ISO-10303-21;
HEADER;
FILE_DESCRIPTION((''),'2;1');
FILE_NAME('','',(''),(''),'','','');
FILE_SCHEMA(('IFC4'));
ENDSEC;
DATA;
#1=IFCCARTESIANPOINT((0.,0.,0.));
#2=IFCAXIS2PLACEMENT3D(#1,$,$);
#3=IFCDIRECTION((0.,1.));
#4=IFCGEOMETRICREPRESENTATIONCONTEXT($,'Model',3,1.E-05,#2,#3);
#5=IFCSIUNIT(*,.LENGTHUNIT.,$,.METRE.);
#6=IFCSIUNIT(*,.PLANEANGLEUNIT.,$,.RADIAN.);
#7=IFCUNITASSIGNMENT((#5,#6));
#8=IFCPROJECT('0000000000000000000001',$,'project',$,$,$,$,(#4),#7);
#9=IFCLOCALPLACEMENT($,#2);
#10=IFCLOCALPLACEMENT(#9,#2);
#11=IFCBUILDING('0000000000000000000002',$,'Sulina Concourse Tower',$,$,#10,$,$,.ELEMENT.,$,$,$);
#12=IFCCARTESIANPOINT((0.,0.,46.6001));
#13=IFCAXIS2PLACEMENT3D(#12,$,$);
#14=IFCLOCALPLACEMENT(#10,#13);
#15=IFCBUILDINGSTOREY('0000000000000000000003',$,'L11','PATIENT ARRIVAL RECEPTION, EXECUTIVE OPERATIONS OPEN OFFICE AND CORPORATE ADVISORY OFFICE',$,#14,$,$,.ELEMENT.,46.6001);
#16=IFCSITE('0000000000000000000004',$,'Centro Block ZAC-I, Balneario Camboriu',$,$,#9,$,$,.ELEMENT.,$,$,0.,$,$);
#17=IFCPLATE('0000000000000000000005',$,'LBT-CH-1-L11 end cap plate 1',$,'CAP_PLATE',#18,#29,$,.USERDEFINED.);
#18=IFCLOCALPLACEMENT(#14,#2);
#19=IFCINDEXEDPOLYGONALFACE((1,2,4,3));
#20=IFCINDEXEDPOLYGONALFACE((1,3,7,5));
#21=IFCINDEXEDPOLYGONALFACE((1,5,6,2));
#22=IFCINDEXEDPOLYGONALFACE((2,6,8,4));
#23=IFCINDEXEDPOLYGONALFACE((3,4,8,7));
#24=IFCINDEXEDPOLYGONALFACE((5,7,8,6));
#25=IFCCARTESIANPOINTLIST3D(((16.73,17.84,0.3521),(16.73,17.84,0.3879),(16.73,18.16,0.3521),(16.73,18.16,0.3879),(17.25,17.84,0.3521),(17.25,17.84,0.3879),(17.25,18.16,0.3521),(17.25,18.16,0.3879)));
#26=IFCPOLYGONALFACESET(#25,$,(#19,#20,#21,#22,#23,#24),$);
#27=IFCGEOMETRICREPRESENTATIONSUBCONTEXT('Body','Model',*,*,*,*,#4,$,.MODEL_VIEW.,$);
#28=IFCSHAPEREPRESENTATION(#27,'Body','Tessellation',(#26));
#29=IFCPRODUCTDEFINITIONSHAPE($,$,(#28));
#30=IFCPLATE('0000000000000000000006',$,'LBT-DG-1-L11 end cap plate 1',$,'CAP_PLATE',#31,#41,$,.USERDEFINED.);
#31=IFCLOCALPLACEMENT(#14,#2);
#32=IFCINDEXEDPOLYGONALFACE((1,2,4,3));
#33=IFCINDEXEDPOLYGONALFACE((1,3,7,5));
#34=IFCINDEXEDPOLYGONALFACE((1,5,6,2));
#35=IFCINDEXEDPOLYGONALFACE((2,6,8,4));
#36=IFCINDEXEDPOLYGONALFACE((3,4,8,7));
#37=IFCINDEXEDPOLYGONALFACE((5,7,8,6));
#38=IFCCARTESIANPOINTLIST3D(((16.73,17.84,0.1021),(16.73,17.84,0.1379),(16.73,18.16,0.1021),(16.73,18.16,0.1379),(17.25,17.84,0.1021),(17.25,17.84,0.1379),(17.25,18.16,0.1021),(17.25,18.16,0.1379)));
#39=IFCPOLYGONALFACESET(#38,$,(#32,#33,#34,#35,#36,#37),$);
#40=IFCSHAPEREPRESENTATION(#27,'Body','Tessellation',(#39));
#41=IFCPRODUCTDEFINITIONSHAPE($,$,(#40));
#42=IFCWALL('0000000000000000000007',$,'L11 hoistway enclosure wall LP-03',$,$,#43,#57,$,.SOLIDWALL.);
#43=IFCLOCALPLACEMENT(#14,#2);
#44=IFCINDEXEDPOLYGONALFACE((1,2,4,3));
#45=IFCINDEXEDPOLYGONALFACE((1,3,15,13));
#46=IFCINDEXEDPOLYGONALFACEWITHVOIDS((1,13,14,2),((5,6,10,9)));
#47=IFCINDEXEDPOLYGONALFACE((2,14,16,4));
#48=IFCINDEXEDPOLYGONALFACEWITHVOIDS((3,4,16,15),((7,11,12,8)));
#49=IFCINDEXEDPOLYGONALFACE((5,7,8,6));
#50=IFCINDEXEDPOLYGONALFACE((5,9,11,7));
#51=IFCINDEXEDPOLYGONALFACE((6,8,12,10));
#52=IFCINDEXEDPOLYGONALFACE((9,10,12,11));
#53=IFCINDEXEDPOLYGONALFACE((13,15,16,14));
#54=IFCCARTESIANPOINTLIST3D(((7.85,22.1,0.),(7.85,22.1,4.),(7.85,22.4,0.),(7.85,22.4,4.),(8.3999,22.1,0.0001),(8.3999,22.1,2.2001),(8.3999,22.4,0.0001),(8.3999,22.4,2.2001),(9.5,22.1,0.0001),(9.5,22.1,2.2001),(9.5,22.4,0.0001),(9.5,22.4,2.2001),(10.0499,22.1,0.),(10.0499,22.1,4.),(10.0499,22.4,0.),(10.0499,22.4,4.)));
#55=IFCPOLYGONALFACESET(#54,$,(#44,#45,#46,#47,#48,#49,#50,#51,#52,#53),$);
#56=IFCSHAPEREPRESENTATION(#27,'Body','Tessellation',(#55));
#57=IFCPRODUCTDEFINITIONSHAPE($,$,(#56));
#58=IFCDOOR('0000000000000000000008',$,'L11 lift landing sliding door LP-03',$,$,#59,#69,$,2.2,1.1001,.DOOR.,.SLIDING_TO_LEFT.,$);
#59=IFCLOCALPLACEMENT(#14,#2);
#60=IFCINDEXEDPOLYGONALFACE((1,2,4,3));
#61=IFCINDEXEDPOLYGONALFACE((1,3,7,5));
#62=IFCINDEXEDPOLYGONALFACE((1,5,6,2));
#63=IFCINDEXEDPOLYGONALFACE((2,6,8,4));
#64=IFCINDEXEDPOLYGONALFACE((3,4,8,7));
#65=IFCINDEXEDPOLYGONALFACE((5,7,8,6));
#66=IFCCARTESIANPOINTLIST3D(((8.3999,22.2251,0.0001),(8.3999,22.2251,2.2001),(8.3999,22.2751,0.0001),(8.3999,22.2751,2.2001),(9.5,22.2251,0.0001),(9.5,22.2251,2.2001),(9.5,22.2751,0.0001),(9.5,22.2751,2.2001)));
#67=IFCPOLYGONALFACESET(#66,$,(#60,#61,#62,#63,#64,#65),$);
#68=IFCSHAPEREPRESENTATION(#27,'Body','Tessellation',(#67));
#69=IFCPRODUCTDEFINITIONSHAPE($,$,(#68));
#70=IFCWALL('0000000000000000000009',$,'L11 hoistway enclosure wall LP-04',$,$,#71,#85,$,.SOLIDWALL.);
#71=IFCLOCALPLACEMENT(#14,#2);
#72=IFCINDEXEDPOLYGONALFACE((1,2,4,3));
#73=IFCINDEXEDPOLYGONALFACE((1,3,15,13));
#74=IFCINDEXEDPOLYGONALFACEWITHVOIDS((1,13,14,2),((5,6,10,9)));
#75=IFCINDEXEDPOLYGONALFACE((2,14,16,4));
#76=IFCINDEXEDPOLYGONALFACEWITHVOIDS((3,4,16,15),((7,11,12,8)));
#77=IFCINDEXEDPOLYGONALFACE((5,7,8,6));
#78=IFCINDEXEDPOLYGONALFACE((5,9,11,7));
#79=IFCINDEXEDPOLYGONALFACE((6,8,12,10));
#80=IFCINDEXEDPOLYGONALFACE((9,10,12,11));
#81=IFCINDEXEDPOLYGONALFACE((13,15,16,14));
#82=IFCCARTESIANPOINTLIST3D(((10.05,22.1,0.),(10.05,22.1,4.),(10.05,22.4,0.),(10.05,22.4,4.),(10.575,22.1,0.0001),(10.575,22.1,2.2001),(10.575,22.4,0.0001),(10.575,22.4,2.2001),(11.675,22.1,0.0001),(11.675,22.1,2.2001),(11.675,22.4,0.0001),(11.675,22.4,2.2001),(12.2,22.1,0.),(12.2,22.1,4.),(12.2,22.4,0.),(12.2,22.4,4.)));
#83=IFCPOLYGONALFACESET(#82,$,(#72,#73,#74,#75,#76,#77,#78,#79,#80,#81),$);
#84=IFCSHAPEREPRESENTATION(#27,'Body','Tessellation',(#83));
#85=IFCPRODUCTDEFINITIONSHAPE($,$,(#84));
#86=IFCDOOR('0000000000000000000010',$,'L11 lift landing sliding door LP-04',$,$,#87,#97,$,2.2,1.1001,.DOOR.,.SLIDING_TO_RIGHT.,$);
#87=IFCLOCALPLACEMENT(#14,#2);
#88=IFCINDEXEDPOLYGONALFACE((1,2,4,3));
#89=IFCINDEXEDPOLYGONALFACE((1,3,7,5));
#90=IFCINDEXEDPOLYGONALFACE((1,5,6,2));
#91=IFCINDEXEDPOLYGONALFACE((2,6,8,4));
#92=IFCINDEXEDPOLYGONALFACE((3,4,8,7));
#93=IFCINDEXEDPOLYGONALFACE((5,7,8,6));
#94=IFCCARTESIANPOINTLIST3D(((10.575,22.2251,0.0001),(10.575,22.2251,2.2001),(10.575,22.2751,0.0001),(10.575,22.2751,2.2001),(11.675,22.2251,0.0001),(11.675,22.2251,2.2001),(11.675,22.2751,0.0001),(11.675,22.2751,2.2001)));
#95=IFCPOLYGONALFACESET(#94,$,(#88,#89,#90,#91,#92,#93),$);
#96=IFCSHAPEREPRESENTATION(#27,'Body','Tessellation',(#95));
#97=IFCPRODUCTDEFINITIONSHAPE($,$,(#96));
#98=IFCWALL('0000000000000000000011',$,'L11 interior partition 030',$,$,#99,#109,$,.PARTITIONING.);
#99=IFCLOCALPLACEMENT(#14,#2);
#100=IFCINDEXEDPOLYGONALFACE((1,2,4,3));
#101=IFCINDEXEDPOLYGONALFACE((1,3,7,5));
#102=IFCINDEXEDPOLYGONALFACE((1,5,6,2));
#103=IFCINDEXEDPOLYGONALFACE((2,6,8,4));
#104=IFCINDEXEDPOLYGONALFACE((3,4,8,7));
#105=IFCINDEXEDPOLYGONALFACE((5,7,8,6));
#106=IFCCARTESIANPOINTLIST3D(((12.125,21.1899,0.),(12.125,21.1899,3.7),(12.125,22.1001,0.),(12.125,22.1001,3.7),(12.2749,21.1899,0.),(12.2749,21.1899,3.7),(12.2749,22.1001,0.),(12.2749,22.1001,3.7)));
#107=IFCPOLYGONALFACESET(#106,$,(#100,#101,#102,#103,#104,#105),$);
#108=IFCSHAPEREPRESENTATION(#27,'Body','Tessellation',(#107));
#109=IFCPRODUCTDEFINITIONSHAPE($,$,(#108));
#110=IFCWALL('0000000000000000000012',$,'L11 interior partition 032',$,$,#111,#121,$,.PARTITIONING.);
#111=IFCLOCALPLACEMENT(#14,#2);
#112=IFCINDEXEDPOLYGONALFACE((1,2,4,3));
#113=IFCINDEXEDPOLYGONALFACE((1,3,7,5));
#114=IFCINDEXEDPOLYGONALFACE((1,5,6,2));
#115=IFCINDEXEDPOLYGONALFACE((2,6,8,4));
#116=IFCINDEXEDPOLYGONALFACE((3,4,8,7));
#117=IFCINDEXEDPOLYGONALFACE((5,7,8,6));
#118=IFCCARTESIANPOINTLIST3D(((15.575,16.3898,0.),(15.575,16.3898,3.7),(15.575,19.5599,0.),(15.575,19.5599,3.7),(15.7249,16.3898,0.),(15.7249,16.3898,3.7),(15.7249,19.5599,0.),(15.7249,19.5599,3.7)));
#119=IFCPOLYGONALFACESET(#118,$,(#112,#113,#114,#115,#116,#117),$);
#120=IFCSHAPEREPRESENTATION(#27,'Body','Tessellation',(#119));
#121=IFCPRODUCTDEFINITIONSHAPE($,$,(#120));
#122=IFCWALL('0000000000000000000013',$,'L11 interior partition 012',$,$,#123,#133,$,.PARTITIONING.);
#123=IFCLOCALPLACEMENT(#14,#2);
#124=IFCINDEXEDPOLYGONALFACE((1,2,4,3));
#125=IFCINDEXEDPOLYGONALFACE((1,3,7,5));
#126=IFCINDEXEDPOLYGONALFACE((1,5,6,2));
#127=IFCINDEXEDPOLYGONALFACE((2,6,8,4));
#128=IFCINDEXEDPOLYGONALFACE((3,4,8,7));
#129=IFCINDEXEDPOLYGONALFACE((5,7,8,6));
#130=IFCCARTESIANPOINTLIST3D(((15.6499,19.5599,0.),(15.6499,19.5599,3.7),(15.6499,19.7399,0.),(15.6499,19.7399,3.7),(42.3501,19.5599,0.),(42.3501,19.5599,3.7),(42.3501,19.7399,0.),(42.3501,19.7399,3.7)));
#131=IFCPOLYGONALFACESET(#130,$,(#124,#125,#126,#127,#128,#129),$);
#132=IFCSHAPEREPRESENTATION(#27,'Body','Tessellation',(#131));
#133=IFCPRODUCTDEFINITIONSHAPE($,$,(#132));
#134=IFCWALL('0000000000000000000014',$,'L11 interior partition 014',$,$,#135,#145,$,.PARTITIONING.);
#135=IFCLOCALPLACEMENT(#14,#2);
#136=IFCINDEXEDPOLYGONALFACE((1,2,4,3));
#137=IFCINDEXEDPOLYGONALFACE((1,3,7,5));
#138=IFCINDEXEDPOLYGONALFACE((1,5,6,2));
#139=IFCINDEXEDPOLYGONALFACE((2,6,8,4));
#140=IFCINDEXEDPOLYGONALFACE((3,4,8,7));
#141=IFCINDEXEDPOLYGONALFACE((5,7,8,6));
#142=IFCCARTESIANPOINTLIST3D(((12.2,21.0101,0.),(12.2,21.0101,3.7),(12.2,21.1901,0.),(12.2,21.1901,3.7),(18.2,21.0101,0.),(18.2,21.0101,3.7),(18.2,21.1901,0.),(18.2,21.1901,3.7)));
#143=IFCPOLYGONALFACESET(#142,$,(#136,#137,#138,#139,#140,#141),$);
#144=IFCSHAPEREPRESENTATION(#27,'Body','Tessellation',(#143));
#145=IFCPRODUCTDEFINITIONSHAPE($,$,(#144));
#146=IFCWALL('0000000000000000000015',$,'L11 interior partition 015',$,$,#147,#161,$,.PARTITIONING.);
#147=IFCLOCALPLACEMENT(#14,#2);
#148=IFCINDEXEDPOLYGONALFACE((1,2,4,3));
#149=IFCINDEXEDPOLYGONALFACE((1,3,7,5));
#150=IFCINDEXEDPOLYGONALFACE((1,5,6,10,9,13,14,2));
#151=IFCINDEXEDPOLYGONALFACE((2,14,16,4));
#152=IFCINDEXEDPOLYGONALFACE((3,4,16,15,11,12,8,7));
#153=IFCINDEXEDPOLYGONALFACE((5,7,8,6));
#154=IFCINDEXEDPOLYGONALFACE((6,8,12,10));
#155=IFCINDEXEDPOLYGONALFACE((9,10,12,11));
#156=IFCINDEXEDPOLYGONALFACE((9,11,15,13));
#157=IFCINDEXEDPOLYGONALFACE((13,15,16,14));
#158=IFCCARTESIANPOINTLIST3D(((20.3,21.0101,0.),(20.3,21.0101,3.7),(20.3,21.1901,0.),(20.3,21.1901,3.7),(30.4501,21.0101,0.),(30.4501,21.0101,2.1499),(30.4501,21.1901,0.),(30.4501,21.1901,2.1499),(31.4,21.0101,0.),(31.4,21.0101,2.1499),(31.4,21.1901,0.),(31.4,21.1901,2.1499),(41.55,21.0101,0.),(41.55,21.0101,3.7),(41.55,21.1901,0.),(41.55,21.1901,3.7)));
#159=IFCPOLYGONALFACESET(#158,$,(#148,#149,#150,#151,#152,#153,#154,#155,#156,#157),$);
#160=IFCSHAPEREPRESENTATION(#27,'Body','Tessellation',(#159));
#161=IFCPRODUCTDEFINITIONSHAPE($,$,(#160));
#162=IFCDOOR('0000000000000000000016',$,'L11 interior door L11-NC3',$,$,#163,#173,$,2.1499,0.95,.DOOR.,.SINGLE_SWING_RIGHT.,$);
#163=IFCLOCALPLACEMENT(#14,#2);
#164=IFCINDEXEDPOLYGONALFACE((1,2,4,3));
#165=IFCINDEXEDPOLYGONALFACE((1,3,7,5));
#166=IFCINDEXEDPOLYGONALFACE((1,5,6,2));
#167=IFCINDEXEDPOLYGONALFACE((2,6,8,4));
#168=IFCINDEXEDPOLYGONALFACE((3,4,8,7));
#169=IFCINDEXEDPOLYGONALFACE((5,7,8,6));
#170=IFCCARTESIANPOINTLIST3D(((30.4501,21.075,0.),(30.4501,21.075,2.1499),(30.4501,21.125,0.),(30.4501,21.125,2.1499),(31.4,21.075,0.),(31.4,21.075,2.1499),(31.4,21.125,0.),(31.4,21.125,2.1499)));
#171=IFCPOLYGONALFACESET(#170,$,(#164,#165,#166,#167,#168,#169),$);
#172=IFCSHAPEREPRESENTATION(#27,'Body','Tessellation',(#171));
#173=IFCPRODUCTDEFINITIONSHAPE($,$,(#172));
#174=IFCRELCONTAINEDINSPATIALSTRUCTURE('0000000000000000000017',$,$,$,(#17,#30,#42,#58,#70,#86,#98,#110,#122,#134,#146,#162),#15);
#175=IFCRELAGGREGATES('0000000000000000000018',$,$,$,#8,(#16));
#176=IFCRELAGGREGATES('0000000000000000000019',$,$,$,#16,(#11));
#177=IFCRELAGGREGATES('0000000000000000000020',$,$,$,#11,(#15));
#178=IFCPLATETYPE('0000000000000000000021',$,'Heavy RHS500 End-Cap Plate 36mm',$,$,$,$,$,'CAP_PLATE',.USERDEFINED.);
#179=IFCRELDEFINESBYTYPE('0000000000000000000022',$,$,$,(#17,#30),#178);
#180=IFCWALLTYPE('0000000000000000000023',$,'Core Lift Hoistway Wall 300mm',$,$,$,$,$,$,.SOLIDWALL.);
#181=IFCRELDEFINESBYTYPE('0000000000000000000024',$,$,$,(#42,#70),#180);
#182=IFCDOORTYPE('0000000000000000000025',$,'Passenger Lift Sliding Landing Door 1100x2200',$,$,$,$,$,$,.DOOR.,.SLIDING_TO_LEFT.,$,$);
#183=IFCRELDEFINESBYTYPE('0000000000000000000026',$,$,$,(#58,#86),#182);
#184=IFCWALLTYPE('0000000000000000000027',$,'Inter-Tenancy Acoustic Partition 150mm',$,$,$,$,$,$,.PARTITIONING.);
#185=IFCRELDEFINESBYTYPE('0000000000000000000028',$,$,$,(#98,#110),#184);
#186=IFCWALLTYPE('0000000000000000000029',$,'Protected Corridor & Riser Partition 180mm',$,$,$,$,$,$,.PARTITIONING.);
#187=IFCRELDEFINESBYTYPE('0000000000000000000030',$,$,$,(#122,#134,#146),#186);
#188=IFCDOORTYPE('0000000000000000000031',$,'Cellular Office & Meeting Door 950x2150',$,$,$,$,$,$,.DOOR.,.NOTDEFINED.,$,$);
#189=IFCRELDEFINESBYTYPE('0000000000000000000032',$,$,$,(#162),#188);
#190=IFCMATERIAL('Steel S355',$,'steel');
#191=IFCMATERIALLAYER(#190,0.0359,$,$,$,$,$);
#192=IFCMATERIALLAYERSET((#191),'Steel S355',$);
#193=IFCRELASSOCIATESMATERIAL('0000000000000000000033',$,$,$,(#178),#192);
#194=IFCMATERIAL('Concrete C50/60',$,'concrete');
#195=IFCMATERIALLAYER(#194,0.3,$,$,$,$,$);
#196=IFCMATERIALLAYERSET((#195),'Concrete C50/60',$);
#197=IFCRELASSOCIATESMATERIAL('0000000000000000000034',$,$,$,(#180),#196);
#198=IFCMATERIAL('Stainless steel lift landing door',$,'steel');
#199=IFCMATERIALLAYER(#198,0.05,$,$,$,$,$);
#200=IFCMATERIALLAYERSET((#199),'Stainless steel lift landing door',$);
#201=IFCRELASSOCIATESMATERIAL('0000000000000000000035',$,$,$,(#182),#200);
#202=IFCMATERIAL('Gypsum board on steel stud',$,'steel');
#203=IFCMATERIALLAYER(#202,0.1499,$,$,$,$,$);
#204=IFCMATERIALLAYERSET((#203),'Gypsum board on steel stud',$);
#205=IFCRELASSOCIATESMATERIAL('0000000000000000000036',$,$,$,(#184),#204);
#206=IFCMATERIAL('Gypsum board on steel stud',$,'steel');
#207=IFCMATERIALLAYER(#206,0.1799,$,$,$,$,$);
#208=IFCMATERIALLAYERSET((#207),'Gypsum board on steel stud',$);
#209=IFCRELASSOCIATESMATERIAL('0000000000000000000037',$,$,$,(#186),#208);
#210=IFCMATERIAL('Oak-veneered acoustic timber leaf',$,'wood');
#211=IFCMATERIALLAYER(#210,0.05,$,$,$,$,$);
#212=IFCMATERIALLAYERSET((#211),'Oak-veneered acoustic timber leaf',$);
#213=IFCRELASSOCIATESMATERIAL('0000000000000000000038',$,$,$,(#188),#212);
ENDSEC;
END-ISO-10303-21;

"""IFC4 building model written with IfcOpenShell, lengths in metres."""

from ifc_helpers import new_model, si_unit, direction, frame, frame_2d, origin, origin_2d, place, context, subcontext, project, spatial, rectangle, extrude, material, layer, layer_set, type_object, element, fill, save


model = new_model("IFC4")

# Units and contexts
model_context = context("Model", 3, precision=1e-05, world=origin(), true_north=direction((0.0, 1.0)))
body_context = subcontext(model_context, "Body", "Model", "MODEL_VIEW")
ifc_project = project(units=[si_unit("LENGTHUNIT", "METRE"), si_unit("PLANEANGLEUNIT", "RADIAN")], contexts=[model_context])

# Site, building, storey
site_placement = place(None, origin())
site = spatial("IfcSite", under=ifc_project, at=site_placement, Name="Centro Block ZAC-I, Balneario Camboriu", CompositionType="ELEMENT", RefElevation=0.0)
building_placement = place(site_placement, origin())
building = spatial("IfcBuilding", under=site, at=building_placement, Name="Sulina Concourse Tower", CompositionType="ELEMENT")
storey_placement = place(building_placement, frame((0.0, 0.0, 46.6001)))
storey = spatial("IfcBuildingStorey", under=building, at=storey_placement, Name="L11", Description="PATIENT ARRIVAL RECEPTION, EXECUTIVE OPERATIONS OPEN OFFICE AND CORPORATE ADVISORY OFFICE", CompositionType="ELEMENT", Elevation=46.6001)

# Plates
ifc_material_1 = material(Name="Steel S355", Category="steel")
ifc_layer_1 = layer(ifc_material_1, 0.0359)
ifc_layer_set_1 = layer_set([ifc_layer_1], Name="Steel S355")
plate_type_1 = type_object("IfcPlateType", Name="Heavy RHS500 End-Cap Plate 36mm", ElementType="CAP_PLATE", PredefinedType="USERDEFINED", material=ifc_layer_set_1)
for number, where, z_axis, x_axis, name in (
    (1, (16.99, 18.0, 0.3521), (0.0, 0.0, 1.0), (1.0, 0.0, 0.0), "LBT-CH-1-L11 end cap plate 1"),
    (2, (16.99, 18.0, 0.1021), (0.0, 0.0, 1.0), (1.0, 0.0, 0.0), "LBT-DG-1-L11 end cap plate 1"),
):
    element("IfcPlate", number, at=place(storey_placement, frame(where, z_axis=z_axis, x_axis=x_axis)), inside=storey, type_object=plate_type_1, Name=name, ObjectType="CAP_PLATE", PredefinedType="USERDEFINED", context=body_context, shape_type="SweptSolid", body=[
        extrude(rectangle(XDim=0.52, YDim=0.3201, at=origin_2d()), origin(), (0.0, 0.0, 1.0), 0.0359),
    ])

# Walls, openings, doors
ifc_material_2 = material(Name="Concrete C50/60", Category="concrete")
ifc_layer_2 = layer(ifc_material_2, 0.3)
ifc_layer_set_2 = layer_set([ifc_layer_2], Name="Concrete C50/60")
wall_type_1 = type_object("IfcWallType", Name="Core Lift Hoistway Wall 300mm", PredefinedType="SOLIDWALL", material=ifc_layer_set_2)
wall_1_placement = place(storey_placement, frame((10.05, 22.25, 0.0), z_axis=(0.0, 0.0, 1.0), x_axis=(-1.0, 0.0, 0.0)))
wall_1 = element("IfcWall", 3, at=wall_1_placement, inside=storey, type_object=wall_type_1, Name="L11 hoistway enclosure wall LP-03", PredefinedType="SOLIDWALL", context=body_context, shape_type="SweptSolid", body=[
    extrude(rectangle(XDim=2.2, YDim=0.3, at=frame_2d((1.1001, 0.0))), origin(), (0.0, 0.0, 1.0), 4.0),
])
opening_1_placement = place(wall_1_placement, frame((0.55, 0.0, 0.0)))
opening_1 = element("IfcOpeningElement", 4, at=opening_1_placement, cuts=wall_1, PredefinedType="OPENING", context=body_context, shape_type="SweptSolid", body=[
    extrude(rectangle(XDim=1.1001, YDim=2.2, at=frame_2d((0.55, 1.1001))), frame((0.0, 0.1599, 0.0), z_axis=(0.0, -1.0, 0.0), x_axis=(1.0, 0.0, 0.0)), (0.0, 0.0, 1.0), 0.3201),
])
ifc_material_3 = material(Name="Stainless steel lift landing door", Category="steel")
ifc_layer_3 = layer(ifc_material_3, 0.05)
ifc_layer_set_3 = layer_set([ifc_layer_3], Name="Stainless steel lift landing door")
door_type_1 = type_object("IfcDoorType", Name="Passenger Lift Sliding Landing Door 1100x2200", OperationType="SLIDING_TO_LEFT", PredefinedType="DOOR", material=ifc_layer_set_3)
door_1_placement = place(opening_1_placement, origin())
door_1 = element("IfcDoor", 5, at=door_1_placement, inside=storey, type_object=door_type_1, Name="L11 lift landing sliding door LP-03", OperationType="SLIDING_TO_LEFT", OverallHeight=2.2, OverallWidth=1.1001, PredefinedType="DOOR", context=body_context, shape_type="SweptSolid", body=[
    extrude(rectangle(XDim=1.1001, YDim=2.2, at=frame_2d((0.55, 1.1001))), frame((0.0, 0.0249, 0.0), z_axis=(0.0, -1.0, 0.0), x_axis=(1.0, 0.0, 0.0)), (0.0, 0.0, 1.0), 0.05),
])
fill(opening_1, door_1)
wall_2_placement = place(storey_placement, frame((12.2, 22.25, 0.0), z_axis=(0.0, 0.0, 1.0), x_axis=(-1.0, 0.0, 0.0)))
wall_2 = element("IfcWall", 6, at=wall_2_placement, inside=storey, type_object=wall_type_1, Name="L11 hoistway enclosure wall LP-04", PredefinedType="SOLIDWALL", context=body_context, shape_type="SweptSolid", body=[
    extrude(rectangle(XDim=2.1499, YDim=0.3, at=frame_2d((1.075, 0.0))), origin(), (0.0, 0.0, 1.0), 4.0),
])
opening_2_placement = place(wall_2_placement, frame((0.5249, 0.0, 0.0)))
opening_2 = element("IfcOpeningElement", 7, at=opening_2_placement, cuts=wall_2, PredefinedType="OPENING", context=body_context, shape_type="SweptSolid", body=[
    extrude(rectangle(XDim=1.1001, YDim=2.2, at=frame_2d((0.55, 1.1001))), frame((0.0, 0.1599, 0.0), z_axis=(0.0, -1.0, 0.0), x_axis=(1.0, 0.0, 0.0)), (0.0, 0.0, 1.0), 0.3201),
])
door_2_placement = place(opening_2_placement, origin())
door_2 = element("IfcDoor", 8, at=door_2_placement, inside=storey, type_object=door_type_1, Name="L11 lift landing sliding door LP-04", OperationType="SLIDING_TO_RIGHT", OverallHeight=2.2, OverallWidth=1.1001, PredefinedType="DOOR", context=body_context, shape_type="SweptSolid", body=[
    extrude(rectangle(XDim=1.1001, YDim=2.2, at=frame_2d((0.55, 1.1001))), frame((0.0, 0.0249, 0.0), z_axis=(0.0, -1.0, 0.0), x_axis=(1.0, 0.0, 0.0)), (0.0, 0.0, 1.0), 0.05),
])
fill(opening_2, door_2)

# Walls
ifc_material_4 = material(Name="Gypsum board on steel stud", Category="steel")
ifc_layer_4 = layer(ifc_material_4, 0.1499)
ifc_layer_set_4 = layer_set([ifc_layer_4], Name="Gypsum board on steel stud")
wall_type_2 = type_object("IfcWallType", Name="Inter-Tenancy Acoustic Partition 150mm", PredefinedType="PARTITIONING", material=ifc_layer_set_4)
wall_3_placement = place(storey_placement, frame((12.2, 21.1899, 0.0), z_axis=(0.0, 0.0, 1.0), x_axis=(0.0, 1.0, 0.0)))
element("IfcWall", 9, at=wall_3_placement, inside=storey, type_object=wall_type_2, Name="L11 interior partition 030", PredefinedType="PARTITIONING", context=body_context, shape_type="SweptSolid", body=[
    extrude(rectangle(XDim=0.9102, YDim=0.1499, at=frame_2d((0.4551, 0.0))), origin(), (0.0, 0.0, 1.0), 3.7),
])
wall_4_placement = place(storey_placement, frame((15.6499, 16.3899, 0.0), z_axis=(0.0, 0.0, 1.0), x_axis=(0.0, 1.0, 0.0)))
element("IfcWall", 10, at=wall_4_placement, inside=storey, type_object=wall_type_2, Name="L11 interior partition 032", PredefinedType="PARTITIONING", context=body_context, shape_type="SweptSolid", body=[
    extrude(rectangle(XDim=3.1702, YDim=0.1499, at=frame_2d((1.585, 0.0))), origin(), (0.0, 0.0, 1.0), 3.7),
])
ifc_material_5 = material(Name="Gypsum board on steel stud", Category="steel")
ifc_layer_5 = layer(ifc_material_5, 0.1799)
ifc_layer_set_5 = layer_set([ifc_layer_5], Name="Gypsum board on steel stud")
wall_type_3 = type_object("IfcWallType", Name="Protected Corridor & Riser Partition 180mm", PredefinedType="PARTITIONING", material=ifc_layer_set_5)
wall_5_placement = place(storey_placement, frame((15.6499, 19.6499, 0.0), z_axis=(0.0, 0.0, 1.0), x_axis=(1.0, 0.0, 0.0)))
element("IfcWall", 11, at=wall_5_placement, inside=storey, type_object=wall_type_3, Name="L11 interior partition 012", PredefinedType="PARTITIONING", context=body_context, shape_type="SweptSolid", body=[
    extrude(rectangle(XDim=26.7002, YDim=0.1799, at=frame_2d((13.3501, 0.0))), origin(), (0.0, 0.0, 1.0), 3.7),
])
wall_6_placement = place(storey_placement, frame((12.2, 21.1001, 0.0), z_axis=(0.0, 0.0, 1.0), x_axis=(1.0, 0.0, 0.0)))
element("IfcWall", 12, at=wall_6_placement, inside=storey, type_object=wall_type_3, Name="L11 interior partition 014", PredefinedType="PARTITIONING", context=body_context, shape_type="SweptSolid", body=[
    extrude(rectangle(XDim=6.0, YDim=0.1799, at=frame_2d((3.0, 0.0))), origin(), (0.0, 0.0, 1.0), 3.7),
])

# Wall, opening, door
wall_7_placement = place(storey_placement, frame((20.3, 21.1001, 0.0), z_axis=(0.0, 0.0, 1.0), x_axis=(1.0, 0.0, 0.0)))
wall_7 = element("IfcWall", 13, at=wall_7_placement, inside=storey, type_object=wall_type_3, Name="L11 interior partition 015", PredefinedType="PARTITIONING", context=body_context, shape_type="SweptSolid", body=[
    extrude(rectangle(XDim=21.25, YDim=0.1799, at=frame_2d((10.625, 0.0))), origin(), (0.0, 0.0, 1.0), 3.7),
])
opening_3_placement = place(wall_7_placement, frame((10.1499, 0.0, 0.0)))
opening_3 = element("IfcOpeningElement", 14, at=opening_3_placement, cuts=wall_7, PredefinedType="OPENING", context=body_context, shape_type="SweptSolid", body=[
    extrude(rectangle(XDim=0.95, YDim=2.1499, at=frame_2d((0.4751, 1.075))), frame((0.0, 0.0999, 0.0), z_axis=(0.0, -1.0, 0.0), x_axis=(1.0, 0.0, 0.0)), (0.0, 0.0, 1.0), 0.2),
])
ifc_material_6 = material(Name="Oak-veneered acoustic timber leaf", Category="wood")
ifc_layer_6 = layer(ifc_material_6, 0.05)
ifc_layer_set_6 = layer_set([ifc_layer_6], Name="Oak-veneered acoustic timber leaf")
door_type_2 = type_object("IfcDoorType", Name="Cellular Office & Meeting Door 950x2150", OperationType="NOTDEFINED", PredefinedType="DOOR", material=ifc_layer_set_6)
door_3_placement = place(opening_3_placement, origin())
door_3 = element("IfcDoor", 15, at=door_3_placement, inside=storey, type_object=door_type_2, Name="L11 interior door L11-NC3", OperationType="SINGLE_SWING_RIGHT", OverallHeight=2.1499, OverallWidth=0.95, PredefinedType="DOOR", context=body_context, shape_type="SweptSolid", body=[
    extrude(rectangle(XDim=0.95, YDim=2.1499, at=frame_2d((0.4751, 1.075))), frame((0.0, 0.0249, 0.0), z_axis=(0.0, -1.0, 0.0), x_axis=(1.0, 0.0, 0.0)), (0.0, 0.0, 1.0), 0.05),
])
fill(opening_3, door_3)

save(model, "model.ifc")
